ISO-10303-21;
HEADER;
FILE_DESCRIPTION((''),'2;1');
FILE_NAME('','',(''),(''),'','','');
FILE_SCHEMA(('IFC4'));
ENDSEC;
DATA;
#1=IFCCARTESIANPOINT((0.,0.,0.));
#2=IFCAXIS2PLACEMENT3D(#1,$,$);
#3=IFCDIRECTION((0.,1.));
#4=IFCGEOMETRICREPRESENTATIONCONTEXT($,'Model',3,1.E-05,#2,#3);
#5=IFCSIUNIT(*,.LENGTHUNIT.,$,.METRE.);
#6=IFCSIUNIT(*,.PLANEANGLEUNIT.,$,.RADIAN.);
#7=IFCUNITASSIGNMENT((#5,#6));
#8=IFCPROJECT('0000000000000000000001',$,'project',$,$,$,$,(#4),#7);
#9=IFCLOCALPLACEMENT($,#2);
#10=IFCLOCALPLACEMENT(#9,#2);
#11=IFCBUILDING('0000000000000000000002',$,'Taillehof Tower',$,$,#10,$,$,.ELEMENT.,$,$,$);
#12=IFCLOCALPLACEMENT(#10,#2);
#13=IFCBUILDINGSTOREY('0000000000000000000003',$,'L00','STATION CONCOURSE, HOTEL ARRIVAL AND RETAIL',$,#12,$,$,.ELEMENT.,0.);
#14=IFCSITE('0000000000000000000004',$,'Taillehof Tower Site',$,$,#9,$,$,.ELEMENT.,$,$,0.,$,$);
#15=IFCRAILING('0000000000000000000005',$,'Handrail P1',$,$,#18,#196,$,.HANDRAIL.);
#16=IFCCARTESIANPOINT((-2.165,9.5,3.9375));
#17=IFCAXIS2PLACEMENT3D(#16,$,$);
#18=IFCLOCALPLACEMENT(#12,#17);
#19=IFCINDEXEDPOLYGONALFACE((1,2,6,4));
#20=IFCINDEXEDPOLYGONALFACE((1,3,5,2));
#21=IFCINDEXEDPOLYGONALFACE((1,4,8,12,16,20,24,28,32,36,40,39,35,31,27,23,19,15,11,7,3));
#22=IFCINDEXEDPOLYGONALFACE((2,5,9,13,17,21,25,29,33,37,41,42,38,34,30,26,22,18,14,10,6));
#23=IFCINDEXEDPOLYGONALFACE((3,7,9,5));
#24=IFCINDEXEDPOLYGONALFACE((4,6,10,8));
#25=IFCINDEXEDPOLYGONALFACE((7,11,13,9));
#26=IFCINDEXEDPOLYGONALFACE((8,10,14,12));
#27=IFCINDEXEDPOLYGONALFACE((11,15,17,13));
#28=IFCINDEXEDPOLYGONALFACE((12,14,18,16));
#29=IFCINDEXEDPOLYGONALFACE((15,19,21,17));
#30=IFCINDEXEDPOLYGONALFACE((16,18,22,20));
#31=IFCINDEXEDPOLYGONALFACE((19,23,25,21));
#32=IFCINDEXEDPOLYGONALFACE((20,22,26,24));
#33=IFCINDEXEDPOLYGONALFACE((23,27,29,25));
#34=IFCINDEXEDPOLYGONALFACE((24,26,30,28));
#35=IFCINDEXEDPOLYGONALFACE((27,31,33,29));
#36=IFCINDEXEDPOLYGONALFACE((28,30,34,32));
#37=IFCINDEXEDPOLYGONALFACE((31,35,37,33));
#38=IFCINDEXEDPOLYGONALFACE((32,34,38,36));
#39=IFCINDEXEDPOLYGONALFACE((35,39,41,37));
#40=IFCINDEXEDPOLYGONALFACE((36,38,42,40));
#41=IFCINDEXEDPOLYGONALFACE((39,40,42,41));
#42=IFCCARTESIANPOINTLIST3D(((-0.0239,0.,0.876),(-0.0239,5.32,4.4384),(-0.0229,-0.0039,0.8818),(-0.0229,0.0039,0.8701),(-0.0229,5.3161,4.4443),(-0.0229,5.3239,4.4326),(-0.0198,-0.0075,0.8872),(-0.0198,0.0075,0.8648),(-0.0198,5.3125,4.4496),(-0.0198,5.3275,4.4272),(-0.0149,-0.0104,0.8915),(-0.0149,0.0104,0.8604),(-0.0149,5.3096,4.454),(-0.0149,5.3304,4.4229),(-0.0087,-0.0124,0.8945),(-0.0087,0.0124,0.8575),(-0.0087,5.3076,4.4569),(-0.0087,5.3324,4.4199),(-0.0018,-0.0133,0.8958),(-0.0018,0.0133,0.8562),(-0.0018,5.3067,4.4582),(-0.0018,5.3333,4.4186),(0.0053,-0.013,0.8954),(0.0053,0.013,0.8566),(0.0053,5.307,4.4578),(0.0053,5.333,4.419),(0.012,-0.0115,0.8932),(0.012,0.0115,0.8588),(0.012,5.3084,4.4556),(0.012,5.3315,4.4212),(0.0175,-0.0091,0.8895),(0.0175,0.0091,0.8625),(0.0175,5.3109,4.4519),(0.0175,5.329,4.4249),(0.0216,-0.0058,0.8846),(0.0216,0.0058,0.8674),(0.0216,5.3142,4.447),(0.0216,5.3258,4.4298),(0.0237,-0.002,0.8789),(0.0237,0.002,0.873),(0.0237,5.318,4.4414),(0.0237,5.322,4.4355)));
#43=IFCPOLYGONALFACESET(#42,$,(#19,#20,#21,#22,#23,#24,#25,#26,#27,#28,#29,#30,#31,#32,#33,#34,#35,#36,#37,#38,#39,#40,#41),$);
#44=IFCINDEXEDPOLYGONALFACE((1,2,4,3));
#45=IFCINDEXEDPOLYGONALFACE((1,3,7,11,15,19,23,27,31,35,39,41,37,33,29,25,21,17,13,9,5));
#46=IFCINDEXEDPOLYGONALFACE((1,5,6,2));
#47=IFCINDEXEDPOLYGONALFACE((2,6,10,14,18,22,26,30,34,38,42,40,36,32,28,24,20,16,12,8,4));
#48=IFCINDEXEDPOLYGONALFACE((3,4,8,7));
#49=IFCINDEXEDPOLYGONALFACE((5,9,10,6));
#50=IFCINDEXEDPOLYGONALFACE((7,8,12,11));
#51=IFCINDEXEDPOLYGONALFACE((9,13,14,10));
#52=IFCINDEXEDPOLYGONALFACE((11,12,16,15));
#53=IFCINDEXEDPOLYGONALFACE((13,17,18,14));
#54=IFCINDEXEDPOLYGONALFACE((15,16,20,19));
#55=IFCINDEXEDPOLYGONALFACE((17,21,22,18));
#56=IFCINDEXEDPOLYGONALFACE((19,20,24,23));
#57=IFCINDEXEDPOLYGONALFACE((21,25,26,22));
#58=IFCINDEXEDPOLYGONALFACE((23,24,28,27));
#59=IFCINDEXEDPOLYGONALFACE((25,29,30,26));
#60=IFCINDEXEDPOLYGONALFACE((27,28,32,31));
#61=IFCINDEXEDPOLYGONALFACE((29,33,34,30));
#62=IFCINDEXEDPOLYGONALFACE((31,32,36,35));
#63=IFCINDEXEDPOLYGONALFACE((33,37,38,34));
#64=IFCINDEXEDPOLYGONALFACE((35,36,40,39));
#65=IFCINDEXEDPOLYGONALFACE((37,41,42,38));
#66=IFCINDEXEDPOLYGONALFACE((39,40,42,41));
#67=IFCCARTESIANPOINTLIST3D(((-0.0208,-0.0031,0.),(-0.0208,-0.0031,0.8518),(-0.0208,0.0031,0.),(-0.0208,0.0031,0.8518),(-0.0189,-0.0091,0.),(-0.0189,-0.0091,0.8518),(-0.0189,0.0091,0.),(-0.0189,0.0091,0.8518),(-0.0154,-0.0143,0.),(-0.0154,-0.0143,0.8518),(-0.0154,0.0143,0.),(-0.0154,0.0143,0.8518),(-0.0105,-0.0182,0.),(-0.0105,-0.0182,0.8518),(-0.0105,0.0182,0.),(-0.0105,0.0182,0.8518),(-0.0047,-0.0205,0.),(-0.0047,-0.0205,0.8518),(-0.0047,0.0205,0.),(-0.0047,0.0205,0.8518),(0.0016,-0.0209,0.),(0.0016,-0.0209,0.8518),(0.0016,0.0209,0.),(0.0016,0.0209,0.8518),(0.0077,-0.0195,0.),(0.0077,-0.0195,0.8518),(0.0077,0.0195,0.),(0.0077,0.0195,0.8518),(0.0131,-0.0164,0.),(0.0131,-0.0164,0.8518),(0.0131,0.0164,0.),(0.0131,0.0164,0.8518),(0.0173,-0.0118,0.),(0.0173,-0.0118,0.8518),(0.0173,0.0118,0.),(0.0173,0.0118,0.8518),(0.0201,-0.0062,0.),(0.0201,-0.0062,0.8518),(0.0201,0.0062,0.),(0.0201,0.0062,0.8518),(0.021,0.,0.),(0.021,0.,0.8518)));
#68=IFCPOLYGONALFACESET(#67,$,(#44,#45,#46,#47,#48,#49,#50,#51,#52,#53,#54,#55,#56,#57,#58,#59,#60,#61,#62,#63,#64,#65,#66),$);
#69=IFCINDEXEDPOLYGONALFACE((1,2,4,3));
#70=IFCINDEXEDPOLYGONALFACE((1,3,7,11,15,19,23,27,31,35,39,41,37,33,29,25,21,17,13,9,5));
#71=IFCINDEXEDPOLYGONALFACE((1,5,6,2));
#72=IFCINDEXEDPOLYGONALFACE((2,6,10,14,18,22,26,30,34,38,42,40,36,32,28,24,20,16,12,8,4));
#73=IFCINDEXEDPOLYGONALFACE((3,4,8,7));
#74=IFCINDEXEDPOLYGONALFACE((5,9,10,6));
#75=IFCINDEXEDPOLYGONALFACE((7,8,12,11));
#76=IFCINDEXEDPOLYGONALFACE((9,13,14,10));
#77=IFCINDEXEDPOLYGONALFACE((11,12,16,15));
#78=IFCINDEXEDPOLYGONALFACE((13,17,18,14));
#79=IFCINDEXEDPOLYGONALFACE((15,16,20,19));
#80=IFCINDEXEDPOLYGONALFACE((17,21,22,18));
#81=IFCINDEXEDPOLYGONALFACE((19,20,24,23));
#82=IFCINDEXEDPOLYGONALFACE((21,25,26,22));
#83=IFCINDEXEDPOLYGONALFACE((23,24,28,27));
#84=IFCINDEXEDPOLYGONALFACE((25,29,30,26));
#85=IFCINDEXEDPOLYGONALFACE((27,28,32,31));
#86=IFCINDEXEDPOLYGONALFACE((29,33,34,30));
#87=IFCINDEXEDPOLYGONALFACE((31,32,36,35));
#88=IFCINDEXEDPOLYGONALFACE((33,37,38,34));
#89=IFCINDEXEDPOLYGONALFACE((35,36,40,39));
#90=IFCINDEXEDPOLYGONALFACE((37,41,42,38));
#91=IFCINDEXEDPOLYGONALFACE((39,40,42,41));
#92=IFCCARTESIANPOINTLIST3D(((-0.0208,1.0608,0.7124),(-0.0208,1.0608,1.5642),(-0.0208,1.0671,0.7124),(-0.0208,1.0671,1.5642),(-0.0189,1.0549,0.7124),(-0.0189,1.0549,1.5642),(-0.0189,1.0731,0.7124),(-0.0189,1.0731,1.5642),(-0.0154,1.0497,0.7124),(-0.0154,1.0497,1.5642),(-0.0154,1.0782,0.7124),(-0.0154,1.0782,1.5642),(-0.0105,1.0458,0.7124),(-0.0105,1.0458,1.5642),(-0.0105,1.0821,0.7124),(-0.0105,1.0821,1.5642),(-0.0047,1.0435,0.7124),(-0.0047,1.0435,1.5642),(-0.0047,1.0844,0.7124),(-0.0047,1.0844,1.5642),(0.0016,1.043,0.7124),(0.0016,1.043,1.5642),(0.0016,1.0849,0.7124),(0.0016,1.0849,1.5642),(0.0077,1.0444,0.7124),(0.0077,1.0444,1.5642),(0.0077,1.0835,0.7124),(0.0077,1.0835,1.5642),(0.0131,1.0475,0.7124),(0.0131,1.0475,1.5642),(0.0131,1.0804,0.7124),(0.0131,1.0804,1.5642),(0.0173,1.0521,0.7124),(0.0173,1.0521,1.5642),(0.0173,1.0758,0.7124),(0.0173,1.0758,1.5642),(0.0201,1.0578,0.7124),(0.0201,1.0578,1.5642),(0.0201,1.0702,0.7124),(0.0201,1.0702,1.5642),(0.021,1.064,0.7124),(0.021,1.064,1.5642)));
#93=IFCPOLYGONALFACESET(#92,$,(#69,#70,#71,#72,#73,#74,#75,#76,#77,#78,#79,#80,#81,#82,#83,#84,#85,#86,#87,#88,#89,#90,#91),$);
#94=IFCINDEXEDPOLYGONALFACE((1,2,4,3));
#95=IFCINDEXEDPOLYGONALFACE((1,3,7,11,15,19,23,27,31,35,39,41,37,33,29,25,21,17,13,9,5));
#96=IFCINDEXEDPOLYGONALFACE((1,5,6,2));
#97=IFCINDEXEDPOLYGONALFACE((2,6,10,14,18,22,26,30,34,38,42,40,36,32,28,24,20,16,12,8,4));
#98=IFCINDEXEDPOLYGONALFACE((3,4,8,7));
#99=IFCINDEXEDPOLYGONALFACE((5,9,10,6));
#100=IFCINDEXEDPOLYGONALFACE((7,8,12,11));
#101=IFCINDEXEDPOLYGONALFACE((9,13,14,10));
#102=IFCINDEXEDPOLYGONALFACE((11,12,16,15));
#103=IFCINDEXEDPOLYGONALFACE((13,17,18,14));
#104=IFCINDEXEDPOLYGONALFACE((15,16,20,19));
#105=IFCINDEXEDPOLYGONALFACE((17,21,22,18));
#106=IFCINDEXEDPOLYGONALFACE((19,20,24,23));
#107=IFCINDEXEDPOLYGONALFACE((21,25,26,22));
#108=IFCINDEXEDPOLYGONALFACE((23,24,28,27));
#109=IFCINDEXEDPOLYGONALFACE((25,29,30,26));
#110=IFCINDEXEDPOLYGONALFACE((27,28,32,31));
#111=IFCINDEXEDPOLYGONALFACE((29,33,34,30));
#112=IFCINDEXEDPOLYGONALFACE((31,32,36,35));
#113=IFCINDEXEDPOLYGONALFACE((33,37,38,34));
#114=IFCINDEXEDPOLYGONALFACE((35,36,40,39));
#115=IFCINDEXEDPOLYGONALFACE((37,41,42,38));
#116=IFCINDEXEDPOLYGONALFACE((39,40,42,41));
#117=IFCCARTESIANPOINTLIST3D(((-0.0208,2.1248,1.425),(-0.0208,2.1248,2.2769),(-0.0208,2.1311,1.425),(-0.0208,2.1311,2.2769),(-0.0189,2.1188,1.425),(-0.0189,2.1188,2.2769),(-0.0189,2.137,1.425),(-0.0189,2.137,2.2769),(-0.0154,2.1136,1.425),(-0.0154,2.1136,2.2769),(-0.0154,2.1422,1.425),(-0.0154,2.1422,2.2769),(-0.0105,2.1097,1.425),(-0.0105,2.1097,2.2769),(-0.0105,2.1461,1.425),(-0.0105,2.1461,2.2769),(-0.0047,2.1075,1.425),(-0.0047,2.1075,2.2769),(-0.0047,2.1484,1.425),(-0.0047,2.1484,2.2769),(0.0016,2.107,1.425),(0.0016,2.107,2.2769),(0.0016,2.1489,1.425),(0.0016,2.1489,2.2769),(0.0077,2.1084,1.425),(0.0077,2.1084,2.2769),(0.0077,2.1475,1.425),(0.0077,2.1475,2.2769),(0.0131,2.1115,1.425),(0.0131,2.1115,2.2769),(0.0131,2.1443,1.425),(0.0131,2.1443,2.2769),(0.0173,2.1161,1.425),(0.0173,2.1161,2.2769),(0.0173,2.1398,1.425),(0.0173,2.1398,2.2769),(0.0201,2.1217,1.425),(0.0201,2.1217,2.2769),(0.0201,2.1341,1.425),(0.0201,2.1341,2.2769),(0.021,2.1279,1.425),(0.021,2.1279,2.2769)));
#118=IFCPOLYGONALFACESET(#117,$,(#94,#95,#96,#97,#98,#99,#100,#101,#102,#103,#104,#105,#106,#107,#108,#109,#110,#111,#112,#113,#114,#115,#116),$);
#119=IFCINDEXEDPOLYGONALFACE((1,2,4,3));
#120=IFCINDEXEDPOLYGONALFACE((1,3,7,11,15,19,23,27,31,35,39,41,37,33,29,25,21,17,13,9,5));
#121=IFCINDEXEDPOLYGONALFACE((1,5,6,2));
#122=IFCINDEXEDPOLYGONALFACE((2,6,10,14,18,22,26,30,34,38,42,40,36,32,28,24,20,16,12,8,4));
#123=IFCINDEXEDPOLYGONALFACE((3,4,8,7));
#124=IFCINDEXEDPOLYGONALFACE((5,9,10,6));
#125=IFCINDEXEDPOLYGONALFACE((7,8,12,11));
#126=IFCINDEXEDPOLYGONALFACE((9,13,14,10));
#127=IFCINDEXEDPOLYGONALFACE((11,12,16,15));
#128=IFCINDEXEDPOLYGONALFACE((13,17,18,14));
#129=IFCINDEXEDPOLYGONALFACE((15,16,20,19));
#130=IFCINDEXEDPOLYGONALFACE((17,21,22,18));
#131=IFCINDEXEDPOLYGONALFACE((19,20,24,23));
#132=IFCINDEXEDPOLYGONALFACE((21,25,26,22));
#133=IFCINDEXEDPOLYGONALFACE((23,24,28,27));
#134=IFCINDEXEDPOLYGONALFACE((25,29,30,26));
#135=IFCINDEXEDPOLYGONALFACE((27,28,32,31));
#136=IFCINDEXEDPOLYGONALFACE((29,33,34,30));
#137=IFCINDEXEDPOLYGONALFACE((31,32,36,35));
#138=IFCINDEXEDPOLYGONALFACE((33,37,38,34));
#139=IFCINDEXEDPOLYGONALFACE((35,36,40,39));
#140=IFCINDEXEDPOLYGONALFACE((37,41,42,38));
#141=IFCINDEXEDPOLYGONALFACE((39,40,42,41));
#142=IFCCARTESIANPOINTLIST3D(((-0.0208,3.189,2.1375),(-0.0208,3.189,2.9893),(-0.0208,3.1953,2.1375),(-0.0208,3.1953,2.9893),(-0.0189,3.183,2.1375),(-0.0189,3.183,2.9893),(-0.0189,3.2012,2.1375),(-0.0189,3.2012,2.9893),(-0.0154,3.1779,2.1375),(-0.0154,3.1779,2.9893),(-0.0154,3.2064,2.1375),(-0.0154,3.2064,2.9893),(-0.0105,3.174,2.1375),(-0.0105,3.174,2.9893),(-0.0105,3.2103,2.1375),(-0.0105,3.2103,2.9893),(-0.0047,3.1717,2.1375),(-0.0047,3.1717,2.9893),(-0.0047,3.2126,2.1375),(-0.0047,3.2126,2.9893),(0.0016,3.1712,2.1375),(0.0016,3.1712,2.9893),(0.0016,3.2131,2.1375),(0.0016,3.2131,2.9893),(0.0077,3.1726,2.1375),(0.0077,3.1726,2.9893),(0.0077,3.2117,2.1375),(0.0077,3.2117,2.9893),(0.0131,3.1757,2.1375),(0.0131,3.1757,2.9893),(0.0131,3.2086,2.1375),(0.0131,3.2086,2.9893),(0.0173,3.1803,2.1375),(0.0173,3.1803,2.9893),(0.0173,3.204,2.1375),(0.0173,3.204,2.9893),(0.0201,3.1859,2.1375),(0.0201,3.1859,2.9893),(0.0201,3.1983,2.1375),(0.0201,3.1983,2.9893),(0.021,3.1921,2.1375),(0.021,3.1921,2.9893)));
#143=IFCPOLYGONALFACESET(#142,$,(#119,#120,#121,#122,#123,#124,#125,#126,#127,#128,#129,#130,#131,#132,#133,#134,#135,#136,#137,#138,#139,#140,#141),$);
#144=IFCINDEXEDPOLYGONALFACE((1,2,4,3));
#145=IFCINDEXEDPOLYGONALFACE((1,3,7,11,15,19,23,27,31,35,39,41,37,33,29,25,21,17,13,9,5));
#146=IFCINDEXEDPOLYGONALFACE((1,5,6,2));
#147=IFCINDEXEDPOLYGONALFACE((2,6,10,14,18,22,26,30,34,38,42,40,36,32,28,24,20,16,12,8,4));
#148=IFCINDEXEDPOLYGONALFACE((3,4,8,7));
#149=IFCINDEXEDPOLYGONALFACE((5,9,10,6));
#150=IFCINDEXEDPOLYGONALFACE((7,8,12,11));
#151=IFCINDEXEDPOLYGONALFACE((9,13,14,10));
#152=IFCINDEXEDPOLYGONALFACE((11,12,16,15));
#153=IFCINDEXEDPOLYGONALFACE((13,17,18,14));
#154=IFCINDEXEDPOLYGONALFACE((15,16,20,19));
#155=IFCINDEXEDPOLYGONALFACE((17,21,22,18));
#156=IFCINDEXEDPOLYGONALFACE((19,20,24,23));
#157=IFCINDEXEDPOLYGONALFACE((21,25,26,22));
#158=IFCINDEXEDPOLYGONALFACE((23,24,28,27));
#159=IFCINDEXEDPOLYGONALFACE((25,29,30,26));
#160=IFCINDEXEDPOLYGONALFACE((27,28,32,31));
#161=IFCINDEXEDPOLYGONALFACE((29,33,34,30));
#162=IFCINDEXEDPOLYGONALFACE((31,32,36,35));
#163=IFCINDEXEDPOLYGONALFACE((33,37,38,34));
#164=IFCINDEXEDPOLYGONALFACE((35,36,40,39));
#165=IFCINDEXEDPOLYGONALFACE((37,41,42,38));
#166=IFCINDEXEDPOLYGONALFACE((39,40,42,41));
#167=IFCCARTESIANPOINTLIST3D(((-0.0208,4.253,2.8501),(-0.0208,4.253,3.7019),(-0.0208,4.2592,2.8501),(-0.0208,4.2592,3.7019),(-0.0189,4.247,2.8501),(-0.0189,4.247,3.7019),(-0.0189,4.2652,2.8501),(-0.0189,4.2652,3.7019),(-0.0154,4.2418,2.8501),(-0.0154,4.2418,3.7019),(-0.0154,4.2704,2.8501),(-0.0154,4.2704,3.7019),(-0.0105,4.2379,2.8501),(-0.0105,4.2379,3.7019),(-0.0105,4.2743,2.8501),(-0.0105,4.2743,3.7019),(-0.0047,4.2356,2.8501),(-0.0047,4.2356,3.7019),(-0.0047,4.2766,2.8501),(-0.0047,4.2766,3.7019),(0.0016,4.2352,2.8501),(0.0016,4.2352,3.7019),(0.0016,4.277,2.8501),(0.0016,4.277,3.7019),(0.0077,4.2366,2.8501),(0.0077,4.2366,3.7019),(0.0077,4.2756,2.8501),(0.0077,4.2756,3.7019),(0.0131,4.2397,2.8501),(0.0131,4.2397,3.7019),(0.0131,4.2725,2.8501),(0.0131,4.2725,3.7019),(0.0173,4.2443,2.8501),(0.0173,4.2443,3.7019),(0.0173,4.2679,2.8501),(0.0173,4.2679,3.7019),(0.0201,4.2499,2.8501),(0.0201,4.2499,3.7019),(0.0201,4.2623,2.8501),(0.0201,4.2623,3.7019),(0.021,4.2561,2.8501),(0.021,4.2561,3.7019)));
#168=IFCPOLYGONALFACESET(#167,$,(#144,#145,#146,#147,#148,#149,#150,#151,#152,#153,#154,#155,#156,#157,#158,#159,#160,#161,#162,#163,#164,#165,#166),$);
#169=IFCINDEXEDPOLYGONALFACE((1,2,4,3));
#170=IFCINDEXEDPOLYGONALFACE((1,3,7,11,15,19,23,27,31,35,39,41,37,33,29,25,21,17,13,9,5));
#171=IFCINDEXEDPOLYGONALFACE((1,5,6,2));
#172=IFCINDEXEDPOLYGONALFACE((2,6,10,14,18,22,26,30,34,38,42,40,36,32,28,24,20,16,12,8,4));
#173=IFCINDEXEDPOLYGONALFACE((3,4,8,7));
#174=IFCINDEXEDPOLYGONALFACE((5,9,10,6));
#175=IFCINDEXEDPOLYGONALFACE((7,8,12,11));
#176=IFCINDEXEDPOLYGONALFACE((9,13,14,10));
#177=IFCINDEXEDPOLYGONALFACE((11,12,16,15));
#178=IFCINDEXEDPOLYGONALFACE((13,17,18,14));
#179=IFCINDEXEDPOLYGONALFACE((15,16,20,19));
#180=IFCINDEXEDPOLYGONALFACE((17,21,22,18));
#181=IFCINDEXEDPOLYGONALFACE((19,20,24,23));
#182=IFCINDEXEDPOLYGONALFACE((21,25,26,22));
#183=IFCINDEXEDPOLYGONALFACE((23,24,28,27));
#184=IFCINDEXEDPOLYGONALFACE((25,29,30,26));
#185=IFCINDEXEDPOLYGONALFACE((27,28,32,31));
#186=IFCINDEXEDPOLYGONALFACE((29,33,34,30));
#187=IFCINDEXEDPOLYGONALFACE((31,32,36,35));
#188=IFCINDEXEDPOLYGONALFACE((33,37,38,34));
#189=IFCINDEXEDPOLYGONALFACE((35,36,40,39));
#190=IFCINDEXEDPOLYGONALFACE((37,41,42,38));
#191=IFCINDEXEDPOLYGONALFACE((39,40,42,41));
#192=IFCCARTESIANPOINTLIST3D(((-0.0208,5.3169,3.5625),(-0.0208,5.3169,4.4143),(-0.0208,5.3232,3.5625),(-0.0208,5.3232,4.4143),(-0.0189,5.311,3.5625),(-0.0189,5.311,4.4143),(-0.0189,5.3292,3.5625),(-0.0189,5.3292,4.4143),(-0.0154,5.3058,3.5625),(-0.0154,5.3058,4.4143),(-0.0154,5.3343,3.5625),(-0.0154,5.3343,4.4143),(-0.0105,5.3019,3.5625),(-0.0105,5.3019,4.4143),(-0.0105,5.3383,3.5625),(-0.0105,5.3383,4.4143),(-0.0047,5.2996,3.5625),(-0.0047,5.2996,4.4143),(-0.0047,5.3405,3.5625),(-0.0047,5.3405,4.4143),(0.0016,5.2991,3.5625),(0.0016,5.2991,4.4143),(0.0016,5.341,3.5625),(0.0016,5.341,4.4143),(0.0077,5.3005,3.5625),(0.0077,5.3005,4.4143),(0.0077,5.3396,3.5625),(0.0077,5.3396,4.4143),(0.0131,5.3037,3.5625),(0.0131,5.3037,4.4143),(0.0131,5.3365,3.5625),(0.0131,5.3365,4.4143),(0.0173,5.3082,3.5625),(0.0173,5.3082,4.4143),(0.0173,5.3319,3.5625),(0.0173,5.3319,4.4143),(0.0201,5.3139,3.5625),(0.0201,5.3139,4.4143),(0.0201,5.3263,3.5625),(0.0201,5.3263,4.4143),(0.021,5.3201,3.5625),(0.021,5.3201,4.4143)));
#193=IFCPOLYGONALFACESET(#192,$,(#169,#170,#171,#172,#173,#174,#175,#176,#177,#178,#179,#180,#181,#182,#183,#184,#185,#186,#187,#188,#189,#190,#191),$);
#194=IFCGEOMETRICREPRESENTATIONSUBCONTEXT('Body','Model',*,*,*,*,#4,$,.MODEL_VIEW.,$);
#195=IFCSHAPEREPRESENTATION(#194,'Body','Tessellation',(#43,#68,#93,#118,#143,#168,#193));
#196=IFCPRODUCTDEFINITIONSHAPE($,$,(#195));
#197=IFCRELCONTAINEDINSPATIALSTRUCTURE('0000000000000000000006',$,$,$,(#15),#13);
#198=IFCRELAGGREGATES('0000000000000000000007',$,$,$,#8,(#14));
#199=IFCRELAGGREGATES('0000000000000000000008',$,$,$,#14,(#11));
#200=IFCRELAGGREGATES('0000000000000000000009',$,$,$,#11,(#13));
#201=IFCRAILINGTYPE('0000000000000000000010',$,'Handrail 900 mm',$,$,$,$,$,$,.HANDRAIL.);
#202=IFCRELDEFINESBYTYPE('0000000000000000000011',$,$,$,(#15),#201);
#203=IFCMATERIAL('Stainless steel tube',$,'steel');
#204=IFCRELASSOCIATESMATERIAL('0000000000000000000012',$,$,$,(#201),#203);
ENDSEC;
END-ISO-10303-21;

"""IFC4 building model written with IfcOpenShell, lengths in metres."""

from ifc_helpers import new_model, si_unit, direction, frame, origin, origin_2d, place, context, subcontext, project, spatial, circle, extrude, material, type_object, element, save


model = new_model("IFC4")

# Units and contexts
model_context = context("Model", 3, precision=1e-05, world=origin(), true_north=direction((0.0, 1.0)))
body_context = subcontext(model_context, "Body", "Model", "MODEL_VIEW")
ifc_project = project(units=[si_unit("LENGTHUNIT", "METRE"), si_unit("PLANEANGLEUNIT", "RADIAN")], contexts=[model_context])

# Site, building, storey
site_placement = place(None, origin())
site = spatial("IfcSite", under=ifc_project, at=site_placement, Name="Taillehof Tower Site", CompositionType="ELEMENT", RefElevation=0.0)
building_placement = place(site_placement, origin())
building = spatial("IfcBuilding", under=site, at=building_placement, Name="Taillehof Tower", CompositionType="ELEMENT")
storey_placement = place(building_placement, origin())
storey = spatial("IfcBuildingStorey", under=building, at=storey_placement, Name="L00", Description="STATION CONCOURSE, HOTEL ARRIVAL AND RETAIL", CompositionType="ELEMENT", Elevation=0.0)

# Railing
ifc_material_1 = material(Name="Stainless steel tube", Category="steel")
railing_type = type_object("IfcRailingType", Name="Handrail 900 mm", PredefinedType="HANDRAIL", material=ifc_material_1)
for number, where, name in (
    (1, (-2.165, 9.5, 3.9375), "Handrail P1"),
):
    element("IfcRailing", number, at=place(storey_placement, frame(where)), inside=storey, type_object=railing_type, Name=name, PredefinedType="HANDRAIL", context=body_context, shape_type="SweptSolid", body=[
        extrude(circle(Radius=0.0239, at=origin_2d()), frame((0.0, 0.0, 0.876), z_axis=(0.0, 0.83091, 0.556406), x_axis=(-1.0, 0.0, 0.0)), (0.0, 0.0, 1.0), 6.4026),
        extrude(circle(Radius=0.021, at=origin_2d()), origin(), (0.0, 0.0, 1.0), 0.8518),
        extrude(circle(Radius=0.021, at=origin_2d()), frame((0.0, 1.064, 0.7124)), (0.0, 0.0, 1.0), 0.8518),
        extrude(circle(Radius=0.021, at=origin_2d()), frame((0.0, 2.1279, 1.425)), (0.0, 0.0, 1.0), 0.8518),
        extrude(circle(Radius=0.021, at=origin_2d()), frame((0.0, 3.1921, 2.1375)), (0.0, 0.0, 1.0), 0.8518),
        extrude(circle(Radius=0.021, at=origin_2d()), frame((0.0, 4.2561, 2.8501)), (0.0, 0.0, 1.0), 0.8518),
        extrude(circle(Radius=0.021, at=origin_2d()), frame((0.0, 5.3201, 3.5625)), (0.0, 0.0, 1.0), 0.8518),
    ])

save(model, "model.ifc")
